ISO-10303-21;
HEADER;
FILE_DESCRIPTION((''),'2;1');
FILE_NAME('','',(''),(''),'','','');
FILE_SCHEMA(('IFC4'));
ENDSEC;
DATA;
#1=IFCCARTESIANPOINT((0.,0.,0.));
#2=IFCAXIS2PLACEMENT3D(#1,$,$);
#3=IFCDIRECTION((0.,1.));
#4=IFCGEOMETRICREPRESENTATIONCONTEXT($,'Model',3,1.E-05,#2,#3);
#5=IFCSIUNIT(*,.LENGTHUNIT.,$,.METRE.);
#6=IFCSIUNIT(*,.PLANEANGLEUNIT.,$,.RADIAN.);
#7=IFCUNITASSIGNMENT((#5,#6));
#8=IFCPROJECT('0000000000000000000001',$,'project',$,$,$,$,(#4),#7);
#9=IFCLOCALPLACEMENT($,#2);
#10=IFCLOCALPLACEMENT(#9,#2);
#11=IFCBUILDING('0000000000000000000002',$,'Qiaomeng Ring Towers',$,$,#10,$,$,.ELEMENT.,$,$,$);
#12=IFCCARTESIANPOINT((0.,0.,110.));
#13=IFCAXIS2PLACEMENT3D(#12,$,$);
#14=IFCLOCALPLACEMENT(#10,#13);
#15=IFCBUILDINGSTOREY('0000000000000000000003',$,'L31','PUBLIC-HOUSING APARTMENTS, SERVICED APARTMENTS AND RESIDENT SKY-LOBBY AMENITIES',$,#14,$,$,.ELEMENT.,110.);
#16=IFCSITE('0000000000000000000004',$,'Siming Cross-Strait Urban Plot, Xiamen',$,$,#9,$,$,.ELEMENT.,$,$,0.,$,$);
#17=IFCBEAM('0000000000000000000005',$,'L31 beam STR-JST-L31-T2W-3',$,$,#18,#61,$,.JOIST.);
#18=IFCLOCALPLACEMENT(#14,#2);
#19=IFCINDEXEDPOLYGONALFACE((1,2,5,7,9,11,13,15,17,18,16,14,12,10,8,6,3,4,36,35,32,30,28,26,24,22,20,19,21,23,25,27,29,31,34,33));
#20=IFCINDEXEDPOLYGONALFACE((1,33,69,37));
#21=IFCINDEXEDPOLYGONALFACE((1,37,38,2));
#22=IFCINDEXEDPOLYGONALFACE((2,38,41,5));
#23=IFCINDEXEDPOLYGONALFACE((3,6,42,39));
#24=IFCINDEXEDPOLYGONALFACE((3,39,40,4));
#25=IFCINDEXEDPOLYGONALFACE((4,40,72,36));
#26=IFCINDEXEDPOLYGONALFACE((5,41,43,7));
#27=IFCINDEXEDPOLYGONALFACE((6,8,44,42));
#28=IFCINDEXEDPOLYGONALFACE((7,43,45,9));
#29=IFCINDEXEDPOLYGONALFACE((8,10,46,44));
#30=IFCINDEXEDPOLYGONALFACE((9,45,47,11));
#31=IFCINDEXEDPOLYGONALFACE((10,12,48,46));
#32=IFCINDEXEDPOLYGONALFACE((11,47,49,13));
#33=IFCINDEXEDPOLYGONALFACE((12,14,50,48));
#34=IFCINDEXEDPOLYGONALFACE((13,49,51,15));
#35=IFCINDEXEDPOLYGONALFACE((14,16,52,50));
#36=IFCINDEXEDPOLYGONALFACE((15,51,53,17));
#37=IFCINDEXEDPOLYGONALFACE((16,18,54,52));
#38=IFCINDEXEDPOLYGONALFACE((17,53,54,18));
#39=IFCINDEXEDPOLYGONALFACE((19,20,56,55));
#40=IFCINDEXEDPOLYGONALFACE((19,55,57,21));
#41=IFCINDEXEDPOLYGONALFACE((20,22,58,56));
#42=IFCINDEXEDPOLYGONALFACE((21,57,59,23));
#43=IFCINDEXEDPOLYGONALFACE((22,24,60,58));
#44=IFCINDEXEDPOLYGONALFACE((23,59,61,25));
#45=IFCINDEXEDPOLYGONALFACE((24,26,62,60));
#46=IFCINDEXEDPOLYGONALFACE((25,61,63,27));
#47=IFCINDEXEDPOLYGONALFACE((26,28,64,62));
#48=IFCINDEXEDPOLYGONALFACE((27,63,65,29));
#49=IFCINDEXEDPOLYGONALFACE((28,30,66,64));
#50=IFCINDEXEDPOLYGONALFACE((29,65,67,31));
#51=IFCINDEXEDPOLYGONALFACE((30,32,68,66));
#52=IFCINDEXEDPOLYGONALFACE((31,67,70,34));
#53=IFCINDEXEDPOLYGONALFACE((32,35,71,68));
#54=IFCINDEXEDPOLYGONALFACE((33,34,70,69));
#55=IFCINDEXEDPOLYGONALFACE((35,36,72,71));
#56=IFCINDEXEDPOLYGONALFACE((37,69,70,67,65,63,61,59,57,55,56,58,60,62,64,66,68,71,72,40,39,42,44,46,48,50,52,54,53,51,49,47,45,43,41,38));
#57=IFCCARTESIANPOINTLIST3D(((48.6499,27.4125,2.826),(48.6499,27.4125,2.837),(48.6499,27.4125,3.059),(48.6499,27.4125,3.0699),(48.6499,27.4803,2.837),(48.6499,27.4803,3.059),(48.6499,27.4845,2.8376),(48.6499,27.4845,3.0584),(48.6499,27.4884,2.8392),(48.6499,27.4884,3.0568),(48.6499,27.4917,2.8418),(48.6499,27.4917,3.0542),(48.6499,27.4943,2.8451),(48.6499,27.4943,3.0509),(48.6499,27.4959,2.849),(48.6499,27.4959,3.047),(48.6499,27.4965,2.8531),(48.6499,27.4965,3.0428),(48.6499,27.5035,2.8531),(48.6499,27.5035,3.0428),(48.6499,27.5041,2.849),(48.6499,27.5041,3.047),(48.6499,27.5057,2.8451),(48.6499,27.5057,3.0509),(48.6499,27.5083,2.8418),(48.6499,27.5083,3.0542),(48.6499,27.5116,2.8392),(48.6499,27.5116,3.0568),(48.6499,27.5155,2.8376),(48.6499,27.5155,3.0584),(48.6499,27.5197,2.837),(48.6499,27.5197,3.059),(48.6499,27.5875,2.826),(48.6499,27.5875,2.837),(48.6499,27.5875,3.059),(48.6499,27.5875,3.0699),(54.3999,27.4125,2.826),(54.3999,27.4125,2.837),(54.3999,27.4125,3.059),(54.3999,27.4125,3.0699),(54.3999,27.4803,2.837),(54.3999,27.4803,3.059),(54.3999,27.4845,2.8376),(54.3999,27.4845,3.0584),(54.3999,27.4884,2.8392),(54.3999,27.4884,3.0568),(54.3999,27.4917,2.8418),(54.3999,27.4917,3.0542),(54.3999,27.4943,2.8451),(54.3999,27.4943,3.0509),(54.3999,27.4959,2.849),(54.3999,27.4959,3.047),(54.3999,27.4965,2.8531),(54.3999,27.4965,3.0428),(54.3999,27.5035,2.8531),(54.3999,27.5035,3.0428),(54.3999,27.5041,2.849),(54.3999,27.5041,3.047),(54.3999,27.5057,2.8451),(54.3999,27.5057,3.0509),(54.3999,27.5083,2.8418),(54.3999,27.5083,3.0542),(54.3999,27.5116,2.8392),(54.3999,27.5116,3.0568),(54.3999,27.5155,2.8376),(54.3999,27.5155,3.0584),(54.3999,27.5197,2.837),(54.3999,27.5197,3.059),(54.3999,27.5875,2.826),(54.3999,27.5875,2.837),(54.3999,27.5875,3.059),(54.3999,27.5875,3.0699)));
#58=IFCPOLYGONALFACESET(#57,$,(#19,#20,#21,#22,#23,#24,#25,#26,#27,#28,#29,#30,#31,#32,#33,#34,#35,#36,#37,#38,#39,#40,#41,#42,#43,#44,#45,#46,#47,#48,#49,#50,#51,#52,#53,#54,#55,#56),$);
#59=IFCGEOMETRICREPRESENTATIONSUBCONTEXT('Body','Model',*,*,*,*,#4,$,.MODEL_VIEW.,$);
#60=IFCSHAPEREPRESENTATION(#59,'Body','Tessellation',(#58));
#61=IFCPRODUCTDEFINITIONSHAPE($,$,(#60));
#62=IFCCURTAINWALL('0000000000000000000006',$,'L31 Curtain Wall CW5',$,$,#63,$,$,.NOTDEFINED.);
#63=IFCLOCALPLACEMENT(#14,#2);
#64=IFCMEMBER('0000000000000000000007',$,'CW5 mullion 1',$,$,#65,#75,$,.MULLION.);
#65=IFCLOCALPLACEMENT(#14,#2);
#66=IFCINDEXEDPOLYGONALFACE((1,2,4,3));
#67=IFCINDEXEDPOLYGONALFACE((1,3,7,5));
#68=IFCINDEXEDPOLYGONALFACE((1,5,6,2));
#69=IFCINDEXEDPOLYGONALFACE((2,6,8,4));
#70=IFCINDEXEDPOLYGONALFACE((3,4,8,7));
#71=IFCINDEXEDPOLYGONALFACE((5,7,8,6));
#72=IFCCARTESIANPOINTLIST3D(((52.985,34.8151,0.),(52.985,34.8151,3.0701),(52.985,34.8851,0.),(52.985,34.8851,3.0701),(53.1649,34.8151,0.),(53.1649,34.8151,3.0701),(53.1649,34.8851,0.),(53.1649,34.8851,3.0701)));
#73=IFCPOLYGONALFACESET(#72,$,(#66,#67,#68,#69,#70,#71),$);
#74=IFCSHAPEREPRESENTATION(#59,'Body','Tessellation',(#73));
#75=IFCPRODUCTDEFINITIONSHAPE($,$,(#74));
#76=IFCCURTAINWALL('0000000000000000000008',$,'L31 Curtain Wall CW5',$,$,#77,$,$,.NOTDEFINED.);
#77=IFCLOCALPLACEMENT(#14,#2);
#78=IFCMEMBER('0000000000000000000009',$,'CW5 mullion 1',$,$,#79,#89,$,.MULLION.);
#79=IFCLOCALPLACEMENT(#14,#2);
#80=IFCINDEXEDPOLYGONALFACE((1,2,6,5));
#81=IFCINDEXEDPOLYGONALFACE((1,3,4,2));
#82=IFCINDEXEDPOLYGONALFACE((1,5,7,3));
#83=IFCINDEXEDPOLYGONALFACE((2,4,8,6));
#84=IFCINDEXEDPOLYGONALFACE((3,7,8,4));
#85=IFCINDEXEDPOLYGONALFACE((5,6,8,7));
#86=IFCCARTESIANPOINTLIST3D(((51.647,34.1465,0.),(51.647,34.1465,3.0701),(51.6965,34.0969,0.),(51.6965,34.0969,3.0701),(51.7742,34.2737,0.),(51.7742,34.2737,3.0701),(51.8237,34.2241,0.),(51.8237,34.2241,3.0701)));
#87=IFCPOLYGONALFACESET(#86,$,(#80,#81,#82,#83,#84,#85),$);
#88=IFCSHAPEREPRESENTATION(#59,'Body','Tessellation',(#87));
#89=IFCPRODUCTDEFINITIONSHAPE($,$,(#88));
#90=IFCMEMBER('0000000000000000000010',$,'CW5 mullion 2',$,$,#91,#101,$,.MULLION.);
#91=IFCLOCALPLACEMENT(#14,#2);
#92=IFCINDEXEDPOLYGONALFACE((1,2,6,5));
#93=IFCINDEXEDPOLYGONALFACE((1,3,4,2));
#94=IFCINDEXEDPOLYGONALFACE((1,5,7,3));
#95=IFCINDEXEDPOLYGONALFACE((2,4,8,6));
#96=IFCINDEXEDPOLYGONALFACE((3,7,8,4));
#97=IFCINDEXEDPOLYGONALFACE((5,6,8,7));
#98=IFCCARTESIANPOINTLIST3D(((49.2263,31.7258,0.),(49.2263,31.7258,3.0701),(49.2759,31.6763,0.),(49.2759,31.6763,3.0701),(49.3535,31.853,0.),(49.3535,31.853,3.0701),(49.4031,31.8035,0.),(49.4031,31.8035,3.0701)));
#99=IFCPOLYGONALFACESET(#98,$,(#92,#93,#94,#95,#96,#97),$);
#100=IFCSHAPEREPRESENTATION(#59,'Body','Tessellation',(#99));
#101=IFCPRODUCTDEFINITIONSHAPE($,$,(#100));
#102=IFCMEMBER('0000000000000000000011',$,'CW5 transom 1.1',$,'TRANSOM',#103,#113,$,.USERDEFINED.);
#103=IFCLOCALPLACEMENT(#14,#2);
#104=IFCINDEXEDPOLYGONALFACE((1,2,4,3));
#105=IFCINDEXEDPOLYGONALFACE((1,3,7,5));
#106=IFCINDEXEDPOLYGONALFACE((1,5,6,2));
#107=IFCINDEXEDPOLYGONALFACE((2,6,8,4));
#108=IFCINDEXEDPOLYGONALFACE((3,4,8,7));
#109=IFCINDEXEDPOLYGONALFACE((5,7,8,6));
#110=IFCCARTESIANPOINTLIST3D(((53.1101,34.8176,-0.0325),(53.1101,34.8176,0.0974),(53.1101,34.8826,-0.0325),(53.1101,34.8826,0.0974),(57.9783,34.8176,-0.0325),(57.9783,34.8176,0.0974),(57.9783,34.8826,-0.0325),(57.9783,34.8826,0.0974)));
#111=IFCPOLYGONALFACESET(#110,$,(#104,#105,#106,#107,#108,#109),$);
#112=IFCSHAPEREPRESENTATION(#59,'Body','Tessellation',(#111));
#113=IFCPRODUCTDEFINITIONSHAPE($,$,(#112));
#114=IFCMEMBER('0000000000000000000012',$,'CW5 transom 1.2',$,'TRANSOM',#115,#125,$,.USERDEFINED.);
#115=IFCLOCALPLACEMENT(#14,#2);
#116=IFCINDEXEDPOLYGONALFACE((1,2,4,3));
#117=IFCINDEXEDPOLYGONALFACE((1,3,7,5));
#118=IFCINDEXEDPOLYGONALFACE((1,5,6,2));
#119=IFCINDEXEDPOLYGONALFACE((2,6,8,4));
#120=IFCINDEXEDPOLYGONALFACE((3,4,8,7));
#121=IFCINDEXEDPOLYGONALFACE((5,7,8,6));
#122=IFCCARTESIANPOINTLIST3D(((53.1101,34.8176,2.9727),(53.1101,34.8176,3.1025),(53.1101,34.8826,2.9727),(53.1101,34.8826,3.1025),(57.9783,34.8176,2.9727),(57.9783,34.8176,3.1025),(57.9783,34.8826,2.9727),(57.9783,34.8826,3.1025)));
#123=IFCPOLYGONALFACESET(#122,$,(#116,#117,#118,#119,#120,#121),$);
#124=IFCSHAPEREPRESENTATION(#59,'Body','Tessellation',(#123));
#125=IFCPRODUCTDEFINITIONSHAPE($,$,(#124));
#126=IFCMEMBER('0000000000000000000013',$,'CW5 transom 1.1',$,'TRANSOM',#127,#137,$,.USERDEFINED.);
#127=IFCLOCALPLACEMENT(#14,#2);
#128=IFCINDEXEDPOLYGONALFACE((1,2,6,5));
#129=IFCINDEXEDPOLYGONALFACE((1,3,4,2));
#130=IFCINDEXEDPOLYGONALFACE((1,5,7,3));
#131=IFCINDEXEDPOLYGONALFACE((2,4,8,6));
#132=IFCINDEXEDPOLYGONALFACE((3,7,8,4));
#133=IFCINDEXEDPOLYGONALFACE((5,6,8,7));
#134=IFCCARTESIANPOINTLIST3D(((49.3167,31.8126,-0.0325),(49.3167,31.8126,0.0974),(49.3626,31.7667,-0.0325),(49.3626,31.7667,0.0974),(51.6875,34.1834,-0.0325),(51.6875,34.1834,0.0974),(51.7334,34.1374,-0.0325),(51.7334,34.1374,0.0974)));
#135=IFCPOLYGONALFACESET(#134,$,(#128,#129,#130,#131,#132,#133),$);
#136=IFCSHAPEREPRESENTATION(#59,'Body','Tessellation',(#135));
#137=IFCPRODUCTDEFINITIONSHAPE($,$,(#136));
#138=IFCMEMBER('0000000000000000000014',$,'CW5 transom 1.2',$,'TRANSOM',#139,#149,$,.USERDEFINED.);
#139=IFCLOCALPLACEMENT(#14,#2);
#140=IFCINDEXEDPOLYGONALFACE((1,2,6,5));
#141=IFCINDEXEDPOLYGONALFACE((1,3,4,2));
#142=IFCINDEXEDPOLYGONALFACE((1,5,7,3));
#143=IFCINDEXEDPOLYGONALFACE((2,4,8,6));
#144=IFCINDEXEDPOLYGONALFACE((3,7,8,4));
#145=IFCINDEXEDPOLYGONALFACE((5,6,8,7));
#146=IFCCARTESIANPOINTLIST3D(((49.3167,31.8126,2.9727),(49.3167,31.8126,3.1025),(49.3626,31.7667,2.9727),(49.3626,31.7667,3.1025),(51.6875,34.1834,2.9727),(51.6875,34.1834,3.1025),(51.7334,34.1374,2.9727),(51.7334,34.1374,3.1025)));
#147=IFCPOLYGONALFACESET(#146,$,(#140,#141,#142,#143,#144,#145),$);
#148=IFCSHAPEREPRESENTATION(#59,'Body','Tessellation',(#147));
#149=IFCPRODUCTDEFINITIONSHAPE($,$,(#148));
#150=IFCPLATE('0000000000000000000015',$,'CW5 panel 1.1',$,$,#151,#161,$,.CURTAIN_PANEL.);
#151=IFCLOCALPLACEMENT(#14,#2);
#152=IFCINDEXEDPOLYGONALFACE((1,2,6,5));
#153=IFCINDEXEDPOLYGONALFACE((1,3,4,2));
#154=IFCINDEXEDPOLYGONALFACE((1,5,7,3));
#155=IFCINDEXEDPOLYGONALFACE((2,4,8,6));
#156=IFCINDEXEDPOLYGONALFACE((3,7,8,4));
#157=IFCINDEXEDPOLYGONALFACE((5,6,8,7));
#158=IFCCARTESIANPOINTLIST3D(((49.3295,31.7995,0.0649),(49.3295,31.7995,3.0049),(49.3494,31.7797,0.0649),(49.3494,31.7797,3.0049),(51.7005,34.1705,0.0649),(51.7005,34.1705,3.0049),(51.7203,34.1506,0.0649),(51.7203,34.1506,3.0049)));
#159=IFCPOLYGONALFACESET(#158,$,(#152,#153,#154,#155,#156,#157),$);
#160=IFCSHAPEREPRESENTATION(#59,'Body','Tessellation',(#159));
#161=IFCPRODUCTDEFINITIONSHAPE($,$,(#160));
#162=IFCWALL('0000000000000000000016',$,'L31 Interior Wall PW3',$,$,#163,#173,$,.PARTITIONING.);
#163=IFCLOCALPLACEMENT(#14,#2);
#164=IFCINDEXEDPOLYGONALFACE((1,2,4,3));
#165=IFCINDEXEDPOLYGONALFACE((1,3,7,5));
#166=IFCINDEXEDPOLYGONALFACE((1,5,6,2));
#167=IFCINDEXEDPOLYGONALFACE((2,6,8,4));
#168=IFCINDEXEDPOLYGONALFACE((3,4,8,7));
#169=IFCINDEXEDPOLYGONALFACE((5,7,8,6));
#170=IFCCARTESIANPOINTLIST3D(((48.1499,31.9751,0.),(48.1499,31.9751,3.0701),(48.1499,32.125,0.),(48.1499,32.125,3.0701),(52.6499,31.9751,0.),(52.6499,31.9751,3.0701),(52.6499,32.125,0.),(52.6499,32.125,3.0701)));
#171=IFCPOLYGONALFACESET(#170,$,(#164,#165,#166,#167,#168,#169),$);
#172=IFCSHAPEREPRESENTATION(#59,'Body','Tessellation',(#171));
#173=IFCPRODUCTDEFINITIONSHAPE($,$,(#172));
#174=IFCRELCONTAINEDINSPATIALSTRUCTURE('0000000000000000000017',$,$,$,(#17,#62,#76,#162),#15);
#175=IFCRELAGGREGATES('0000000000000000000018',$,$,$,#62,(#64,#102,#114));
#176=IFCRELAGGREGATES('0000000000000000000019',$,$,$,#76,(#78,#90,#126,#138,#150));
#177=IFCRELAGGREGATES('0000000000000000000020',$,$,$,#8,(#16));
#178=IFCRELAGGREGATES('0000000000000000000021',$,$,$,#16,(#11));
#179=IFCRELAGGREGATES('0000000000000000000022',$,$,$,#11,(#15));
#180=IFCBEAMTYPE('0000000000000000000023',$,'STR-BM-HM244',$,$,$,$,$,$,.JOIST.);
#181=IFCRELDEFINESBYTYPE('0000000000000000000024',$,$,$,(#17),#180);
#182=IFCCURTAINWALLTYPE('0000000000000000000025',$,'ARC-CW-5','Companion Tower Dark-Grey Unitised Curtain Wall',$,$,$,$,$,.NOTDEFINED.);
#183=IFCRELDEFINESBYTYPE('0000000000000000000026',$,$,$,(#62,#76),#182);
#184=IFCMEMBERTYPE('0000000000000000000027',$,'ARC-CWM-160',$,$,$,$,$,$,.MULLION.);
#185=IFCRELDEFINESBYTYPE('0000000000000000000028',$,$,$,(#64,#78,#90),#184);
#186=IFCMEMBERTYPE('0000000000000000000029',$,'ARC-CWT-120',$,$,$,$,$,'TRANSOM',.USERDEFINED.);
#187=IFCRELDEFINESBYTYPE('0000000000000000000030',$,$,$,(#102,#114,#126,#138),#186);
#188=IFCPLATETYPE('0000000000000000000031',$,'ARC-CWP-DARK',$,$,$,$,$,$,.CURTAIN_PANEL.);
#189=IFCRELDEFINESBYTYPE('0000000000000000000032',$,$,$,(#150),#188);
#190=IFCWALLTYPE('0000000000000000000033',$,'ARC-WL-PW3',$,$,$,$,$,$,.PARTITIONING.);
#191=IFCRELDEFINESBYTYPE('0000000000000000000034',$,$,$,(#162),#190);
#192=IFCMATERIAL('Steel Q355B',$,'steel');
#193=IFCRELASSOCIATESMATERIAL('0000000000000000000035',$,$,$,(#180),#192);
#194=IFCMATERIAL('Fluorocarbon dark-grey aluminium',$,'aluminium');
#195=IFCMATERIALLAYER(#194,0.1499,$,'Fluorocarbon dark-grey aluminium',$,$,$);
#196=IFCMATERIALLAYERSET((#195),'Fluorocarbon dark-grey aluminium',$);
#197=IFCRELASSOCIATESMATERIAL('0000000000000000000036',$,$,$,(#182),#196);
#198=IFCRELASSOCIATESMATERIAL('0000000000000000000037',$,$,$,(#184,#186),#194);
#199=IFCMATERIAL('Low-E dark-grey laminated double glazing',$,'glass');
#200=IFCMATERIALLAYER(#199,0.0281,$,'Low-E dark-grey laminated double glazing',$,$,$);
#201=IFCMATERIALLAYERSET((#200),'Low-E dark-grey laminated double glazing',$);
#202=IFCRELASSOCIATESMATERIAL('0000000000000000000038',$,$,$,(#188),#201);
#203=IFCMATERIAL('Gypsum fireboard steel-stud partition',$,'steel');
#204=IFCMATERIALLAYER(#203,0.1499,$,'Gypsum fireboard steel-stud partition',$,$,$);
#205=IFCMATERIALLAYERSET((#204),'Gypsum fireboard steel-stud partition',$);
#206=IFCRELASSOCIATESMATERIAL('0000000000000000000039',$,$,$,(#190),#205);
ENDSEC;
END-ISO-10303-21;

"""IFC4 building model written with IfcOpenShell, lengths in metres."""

from ifc_helpers import new_model, si_unit, direction, frame, frame_2d, origin, origin_2d, place, context, subcontext, project, spatial, rectangle, i_section, extrude, source, transform, mapped, material, layer, layer_set, material_profile, profile_set, type_object, element, aggregate, save


model = new_model("IFC4")

# Units and contexts
model_context = context("Model", 3, precision=1e-05, world=origin(), true_north=direction((0.0, 1.0)))
body_context = subcontext(model_context, "Body", "Model", "MODEL_VIEW")
ifc_project = project(units=[si_unit("LENGTHUNIT", "METRE"), si_unit("PLANEANGLEUNIT", "RADIAN")], contexts=[model_context])

# Site, building, storey
site_placement = place(None, origin())
site = spatial("IfcSite", under=ifc_project, at=site_placement, Name="Siming Cross-Strait Urban Plot, Xiamen", CompositionType="ELEMENT", RefElevation=0.0)
building_placement = place(site_placement, origin())
building = spatial("IfcBuilding", under=site, at=building_placement, Name="Qiaomeng Ring Towers", CompositionType="ELEMENT")
storey_placement = place(building_placement, frame((0.0, 0.0, 110.0)))
storey = spatial("IfcBuildingStorey", under=building, at=storey_placement, Name="L31", Description="PUBLIC-HOUSING APARTMENTS, SERVICED APARTMENTS AND RESIDENT SKY-LOBBY AMENITIES", CompositionType="ELEMENT", Elevation=110.0)

# Beam
ifc_material_1 = material(Name="Steel Q355B", Category="steel")
ifc_material_profile_1 = material_profile(ifc_material_1, i_section(OverallWidth=0.175, OverallDepth=0.2439, WebThickness=0.0071, FlangeThickness=0.011, FilletRadius=0.0161, at=origin_2d()), Name="HM 244x175x7x11")
ifc_profile_set_1 = profile_set([ifc_material_profile_1], Name="Steel Q355B")
beam_type_1 = type_object("IfcBeamType", Name="STR-BM-HM244", PredefinedType="JOIST", material=ifc_profile_set_1)
shared_shape_1 = source(origin(), body_context, "Body", "SweptSolid", [
    extrude(i_section(OverallWidth=0.175, OverallDepth=0.2439, WebThickness=0.0071, FlangeThickness=0.011, FilletRadius=0.0161, at=origin_2d()), origin(), (0.0, 0.0, 1.0), 5.75),
])
for number, where, z_axis, x_axis, name in (
    (1, (48.6499, 27.5, 2.948), (1.0, 0.0, 0.0), (0.0, 1.0, 0.0), "L31 beam STR-JST-L31-T2W-3"),
):
    element("IfcBeam", number, at=place(storey_placement, frame(where, z_axis=z_axis, x_axis=x_axis)), inside=storey, type_object=beam_type_1, Name=name, PredefinedType="JOIST", context=body_context, shape_type="MappedRepresentation", body=[
        mapped(shared_shape_1, transform((0.0, 0.0, 0.0), x_axis=(1.0, 0.0, 0.0), y_axis=(0.0, 1.0, 0.0), z_axis=(0.0, 0.0, 1.0), scale=1.0)),
    ])

# Curtain wall, member
ifc_material_2 = material(Name="Fluorocarbon dark-grey aluminium", Category="aluminium")
ifc_layer_1 = layer(ifc_material_2, 0.1499, Name="Fluorocarbon dark-grey aluminium")
ifc_layer_set_1 = layer_set([ifc_layer_1], Name="Fluorocarbon dark-grey aluminium")
curtain_wall_type = type_object("IfcCurtainWallType", Name="ARC-CW-5", Description="Companion Tower Dark-Grey Unitised Curtain Wall", PredefinedType="NOTDEFINED", material=ifc_layer_set_1)
curtain_wall_1_placement = place(storey_placement, origin())
curtain_wall_1 = element("IfcCurtainWall", 2, at=curtain_wall_1_placement, inside=storey, type_object=curtain_wall_type, Name="L31 Curtain Wall CW5", PredefinedType="NOTDEFINED")
ifc_material_profile_2 = material_profile(ifc_material_2, rectangle(XDim=0.0701, YDim=0.1799, at=origin_2d()), Name="ALU MULL 70x180")
ifc_profile_set_2 = profile_set([ifc_material_profile_2], Name="Fluorocarbon dark-grey aluminium")
member_type_1 = type_object("IfcMemberType", Name="ARC-CWM-160", PredefinedType="MULLION", material=ifc_profile_set_2)
shared_shape_2 = source(origin(), body_context, "Body", "SweptSolid", [
    extrude(rectangle(XDim=0.0701, YDim=0.1799, at=origin_2d()), origin(), (0.0, 0.0, 1.0), 3.0701),
])
member_1_placement = place(storey_placement, frame((53.075, 34.8501, 0.0), z_axis=(0.0, 0.0, 1.0), x_axis=(0.0, 1.0, 0.0)))
member_1 = element("IfcMember", 3, at=member_1_placement, type_object=member_type_1, Name="CW5 mullion 1", PredefinedType="MULLION", context=body_context, shape_type="MappedRepresentation", body=[
    mapped(shared_shape_2, transform((0.0, 0.0, 0.0), x_axis=(1.0, 0.0, 0.0), y_axis=(0.0, 1.0, 0.0), z_axis=(0.0, 0.0, 1.0), scale=1.0)),
])

# Curtain wall, members
curtain_wall_2_placement = place(storey_placement, origin())
curtain_wall_2 = element("IfcCurtainWall", 4, at=curtain_wall_2_placement, inside=storey, type_object=curtain_wall_type, Name="L31 Curtain Wall CW5", PredefinedType="NOTDEFINED")
member_2_placement = place(storey_placement, frame((51.7354, 34.1853, 0.0), z_axis=(0.0, 0.0, 1.0), x_axis=(0.707107, -0.707107, 0.0)))
member_2 = element("IfcMember", 5, at=member_2_placement, type_object=member_type_1, Name="CW5 mullion 1", PredefinedType="MULLION", context=body_context, shape_type="MappedRepresentation", body=[
    mapped(shared_shape_2, transform((0.0, 0.0, 0.0), x_axis=(1.0, 0.0, 0.0), y_axis=(0.0, 1.0, 0.0), z_axis=(0.0, 0.0, 1.0), scale=1.0)),
])
member_3_placement = place(storey_placement, frame((49.3147, 31.7646, 0.0), z_axis=(0.0, 0.0, 1.0), x_axis=(0.707107, -0.707107, 0.0)))
member_3 = element("IfcMember", 6, at=member_3_placement, type_object=member_type_1, Name="CW5 mullion 2", PredefinedType="MULLION", context=body_context, shape_type="MappedRepresentation", body=[
    mapped(shared_shape_2, transform((0.0, 0.0, 0.0), x_axis=(1.0, 0.0, 0.0), y_axis=(0.0, 1.0, 0.0), z_axis=(0.0, 0.0, 1.0), scale=1.0)),
])

# Members
ifc_material_profile_3 = material_profile(ifc_material_2, rectangle(XDim=0.0649, YDim=0.1299, at=origin_2d()), Name="ALU TRAN 65x130")
ifc_profile_set_3 = profile_set([ifc_material_profile_3], Name="Fluorocarbon dark-grey aluminium")
member_type_2 = type_object("IfcMemberType", Name="ARC-CWT-120", ElementType="TRANSOM", PredefinedType="USERDEFINED", material=ifc_profile_set_3)
shared_shape_3 = source(origin(), body_context, "Body", "SweptSolid", [
    extrude(rectangle(XDim=0.0649, YDim=0.1299, at=origin_2d()), origin(), (0.0, 0.0, 1.0), 4.8682),
])
member_4_placement = place(storey_placement, frame((53.1101, 34.8501, 0.0325), z_axis=(1.0, 0.0, 0.0), x_axis=(0.0, 1.0, 0.0)))
member_4 = element("IfcMember", 7, at=member_4_placement, type_object=member_type_2, Name="CW5 transom 1.1", ObjectType="TRANSOM", PredefinedType="USERDEFINED", context=body_context, shape_type="MappedRepresentation", body=[
    mapped(shared_shape_3, transform((0.0, 0.0, 0.0), x_axis=(1.0, 0.0, 0.0), y_axis=(0.0, 1.0, 0.0), z_axis=(0.0, 0.0, 1.0), scale=1.0)),
])
member_5_placement = place(storey_placement, frame((53.1101, 34.8501, 3.0376), z_axis=(1.0, 0.0, 0.0), x_axis=(0.0, 1.0, 0.0)))
member_5 = element("IfcMember", 8, at=member_5_placement, type_object=member_type_2, Name="CW5 transom 1.2", ObjectType="TRANSOM", PredefinedType="USERDEFINED", context=body_context, shape_type="MappedRepresentation", body=[
    mapped(shared_shape_3, transform((0.0, 0.0, 0.0), x_axis=(1.0, 0.0, 0.0), y_axis=(0.0, 1.0, 0.0), z_axis=(0.0, 0.0, 1.0), scale=1.0)),
])
aggregate(curtain_wall_1, [member_1, member_4, member_5])
shared_shape_4 = source(origin(), body_context, "Body", "SweptSolid", [
    extrude(rectangle(XDim=0.0649, YDim=0.1299, at=origin_2d()), origin(), (0.0, 0.0, 1.0), 3.3528),
])
member_6_placement = place(storey_placement, frame((51.7104, 34.1604, 0.0325), z_axis=(-0.707107, -0.707107, 0.0), x_axis=(0.707107, -0.707107, 0.0)))
member_6 = element("IfcMember", 9, at=member_6_placement, type_object=member_type_2, Name="CW5 transom 1.1", ObjectType="TRANSOM", PredefinedType="USERDEFINED", context=body_context, shape_type="MappedRepresentation", body=[
    mapped(shared_shape_4, transform((0.0, 0.0, 0.0), x_axis=(1.0, 0.0, 0.0), y_axis=(0.0, 1.0, 0.0), z_axis=(0.0, 0.0, 1.0), scale=1.0)),
])
member_7_placement = place(storey_placement, frame((51.7104, 34.1604, 3.0376), z_axis=(-0.707107, -0.707107, 0.0), x_axis=(0.707107, -0.707107, 0.0)))
member_7 = element("IfcMember", 10, at=member_7_placement, type_object=member_type_2, Name="CW5 transom 1.2", ObjectType="TRANSOM", PredefinedType="USERDEFINED", context=body_context, shape_type="MappedRepresentation", body=[
    mapped(shared_shape_4, transform((0.0, 0.0, 0.0), x_axis=(1.0, 0.0, 0.0), y_axis=(0.0, 1.0, 0.0), z_axis=(0.0, 0.0, 1.0), scale=1.0)),
])

# Plate
ifc_material_3 = material(Name="Low-E dark-grey laminated double glazing", Category="glass")
ifc_layer_2 = layer(ifc_material_3, 0.0281, Name="Low-E dark-grey laminated double glazing")
ifc_layer_set_2 = layer_set([ifc_layer_2], Name="Low-E dark-grey laminated double glazing")
plate_type = type_object("IfcPlateType", Name="ARC-CWP-DARK", PredefinedType="CURTAIN_PANEL", material=ifc_layer_set_2)
shared_shape_5 = source(origin(), body_context, "Body", "SweptSolid", [
    extrude(rectangle(XDim=3.353, YDim=0.0281, at=origin_2d()), origin(), (0.0, 0.0, 1.0), 2.9399),
])
plate_placement = place(storey_placement, frame((50.5249, 32.9751, 0.0649), z_axis=(0.0, 0.0, 1.0), x_axis=(-0.707107, -0.707107, 0.0)))
plate = element("IfcPlate", 11, at=plate_placement, type_object=plate_type, Name="CW5 panel 1.1", PredefinedType="CURTAIN_PANEL", context=body_context, shape_type="MappedRepresentation", body=[
    mapped(shared_shape_5, transform((0.0, 0.0, 0.0), x_axis=(1.0, 0.0, 0.0), y_axis=(0.0, 1.0, 0.0), z_axis=(0.0, 0.0, 1.0), scale=1.0)),
])
aggregate(curtain_wall_2, [member_2, member_3, member_6, member_7, plate])

# Wall
ifc_material_4 = material(Name="Gypsum fireboard steel-stud partition", Category="steel")
ifc_layer_3 = layer(ifc_material_4, 0.1499, Name="Gypsum fireboard steel-stud partition")
ifc_layer_set_3 = layer_set([ifc_layer_3], Name="Gypsum fireboard steel-stud partition")
wall_type_1 = type_object("IfcWallType", Name="ARC-WL-PW3", PredefinedType="PARTITIONING", material=ifc_layer_set_3)
wall_1_placement = place(storey_placement, frame((48.1499, 32.05, 0.0), z_axis=(0.0, 0.0, 1.0), x_axis=(1.0, 0.0, 0.0)))
element("IfcWall", 12, at=wall_1_placement, inside=storey, type_object=wall_type_1, Name="L31 Interior Wall PW3", PredefinedType="PARTITIONING", context=body_context, shape_type="SweptSolid", body=[
    extrude(rectangle(XDim=4.5, YDim=0.1499, at=frame_2d((2.25, 0.0))), origin(), (0.0, 0.0, 1.0), 3.0701),
])

save(model, "model.ifc")
